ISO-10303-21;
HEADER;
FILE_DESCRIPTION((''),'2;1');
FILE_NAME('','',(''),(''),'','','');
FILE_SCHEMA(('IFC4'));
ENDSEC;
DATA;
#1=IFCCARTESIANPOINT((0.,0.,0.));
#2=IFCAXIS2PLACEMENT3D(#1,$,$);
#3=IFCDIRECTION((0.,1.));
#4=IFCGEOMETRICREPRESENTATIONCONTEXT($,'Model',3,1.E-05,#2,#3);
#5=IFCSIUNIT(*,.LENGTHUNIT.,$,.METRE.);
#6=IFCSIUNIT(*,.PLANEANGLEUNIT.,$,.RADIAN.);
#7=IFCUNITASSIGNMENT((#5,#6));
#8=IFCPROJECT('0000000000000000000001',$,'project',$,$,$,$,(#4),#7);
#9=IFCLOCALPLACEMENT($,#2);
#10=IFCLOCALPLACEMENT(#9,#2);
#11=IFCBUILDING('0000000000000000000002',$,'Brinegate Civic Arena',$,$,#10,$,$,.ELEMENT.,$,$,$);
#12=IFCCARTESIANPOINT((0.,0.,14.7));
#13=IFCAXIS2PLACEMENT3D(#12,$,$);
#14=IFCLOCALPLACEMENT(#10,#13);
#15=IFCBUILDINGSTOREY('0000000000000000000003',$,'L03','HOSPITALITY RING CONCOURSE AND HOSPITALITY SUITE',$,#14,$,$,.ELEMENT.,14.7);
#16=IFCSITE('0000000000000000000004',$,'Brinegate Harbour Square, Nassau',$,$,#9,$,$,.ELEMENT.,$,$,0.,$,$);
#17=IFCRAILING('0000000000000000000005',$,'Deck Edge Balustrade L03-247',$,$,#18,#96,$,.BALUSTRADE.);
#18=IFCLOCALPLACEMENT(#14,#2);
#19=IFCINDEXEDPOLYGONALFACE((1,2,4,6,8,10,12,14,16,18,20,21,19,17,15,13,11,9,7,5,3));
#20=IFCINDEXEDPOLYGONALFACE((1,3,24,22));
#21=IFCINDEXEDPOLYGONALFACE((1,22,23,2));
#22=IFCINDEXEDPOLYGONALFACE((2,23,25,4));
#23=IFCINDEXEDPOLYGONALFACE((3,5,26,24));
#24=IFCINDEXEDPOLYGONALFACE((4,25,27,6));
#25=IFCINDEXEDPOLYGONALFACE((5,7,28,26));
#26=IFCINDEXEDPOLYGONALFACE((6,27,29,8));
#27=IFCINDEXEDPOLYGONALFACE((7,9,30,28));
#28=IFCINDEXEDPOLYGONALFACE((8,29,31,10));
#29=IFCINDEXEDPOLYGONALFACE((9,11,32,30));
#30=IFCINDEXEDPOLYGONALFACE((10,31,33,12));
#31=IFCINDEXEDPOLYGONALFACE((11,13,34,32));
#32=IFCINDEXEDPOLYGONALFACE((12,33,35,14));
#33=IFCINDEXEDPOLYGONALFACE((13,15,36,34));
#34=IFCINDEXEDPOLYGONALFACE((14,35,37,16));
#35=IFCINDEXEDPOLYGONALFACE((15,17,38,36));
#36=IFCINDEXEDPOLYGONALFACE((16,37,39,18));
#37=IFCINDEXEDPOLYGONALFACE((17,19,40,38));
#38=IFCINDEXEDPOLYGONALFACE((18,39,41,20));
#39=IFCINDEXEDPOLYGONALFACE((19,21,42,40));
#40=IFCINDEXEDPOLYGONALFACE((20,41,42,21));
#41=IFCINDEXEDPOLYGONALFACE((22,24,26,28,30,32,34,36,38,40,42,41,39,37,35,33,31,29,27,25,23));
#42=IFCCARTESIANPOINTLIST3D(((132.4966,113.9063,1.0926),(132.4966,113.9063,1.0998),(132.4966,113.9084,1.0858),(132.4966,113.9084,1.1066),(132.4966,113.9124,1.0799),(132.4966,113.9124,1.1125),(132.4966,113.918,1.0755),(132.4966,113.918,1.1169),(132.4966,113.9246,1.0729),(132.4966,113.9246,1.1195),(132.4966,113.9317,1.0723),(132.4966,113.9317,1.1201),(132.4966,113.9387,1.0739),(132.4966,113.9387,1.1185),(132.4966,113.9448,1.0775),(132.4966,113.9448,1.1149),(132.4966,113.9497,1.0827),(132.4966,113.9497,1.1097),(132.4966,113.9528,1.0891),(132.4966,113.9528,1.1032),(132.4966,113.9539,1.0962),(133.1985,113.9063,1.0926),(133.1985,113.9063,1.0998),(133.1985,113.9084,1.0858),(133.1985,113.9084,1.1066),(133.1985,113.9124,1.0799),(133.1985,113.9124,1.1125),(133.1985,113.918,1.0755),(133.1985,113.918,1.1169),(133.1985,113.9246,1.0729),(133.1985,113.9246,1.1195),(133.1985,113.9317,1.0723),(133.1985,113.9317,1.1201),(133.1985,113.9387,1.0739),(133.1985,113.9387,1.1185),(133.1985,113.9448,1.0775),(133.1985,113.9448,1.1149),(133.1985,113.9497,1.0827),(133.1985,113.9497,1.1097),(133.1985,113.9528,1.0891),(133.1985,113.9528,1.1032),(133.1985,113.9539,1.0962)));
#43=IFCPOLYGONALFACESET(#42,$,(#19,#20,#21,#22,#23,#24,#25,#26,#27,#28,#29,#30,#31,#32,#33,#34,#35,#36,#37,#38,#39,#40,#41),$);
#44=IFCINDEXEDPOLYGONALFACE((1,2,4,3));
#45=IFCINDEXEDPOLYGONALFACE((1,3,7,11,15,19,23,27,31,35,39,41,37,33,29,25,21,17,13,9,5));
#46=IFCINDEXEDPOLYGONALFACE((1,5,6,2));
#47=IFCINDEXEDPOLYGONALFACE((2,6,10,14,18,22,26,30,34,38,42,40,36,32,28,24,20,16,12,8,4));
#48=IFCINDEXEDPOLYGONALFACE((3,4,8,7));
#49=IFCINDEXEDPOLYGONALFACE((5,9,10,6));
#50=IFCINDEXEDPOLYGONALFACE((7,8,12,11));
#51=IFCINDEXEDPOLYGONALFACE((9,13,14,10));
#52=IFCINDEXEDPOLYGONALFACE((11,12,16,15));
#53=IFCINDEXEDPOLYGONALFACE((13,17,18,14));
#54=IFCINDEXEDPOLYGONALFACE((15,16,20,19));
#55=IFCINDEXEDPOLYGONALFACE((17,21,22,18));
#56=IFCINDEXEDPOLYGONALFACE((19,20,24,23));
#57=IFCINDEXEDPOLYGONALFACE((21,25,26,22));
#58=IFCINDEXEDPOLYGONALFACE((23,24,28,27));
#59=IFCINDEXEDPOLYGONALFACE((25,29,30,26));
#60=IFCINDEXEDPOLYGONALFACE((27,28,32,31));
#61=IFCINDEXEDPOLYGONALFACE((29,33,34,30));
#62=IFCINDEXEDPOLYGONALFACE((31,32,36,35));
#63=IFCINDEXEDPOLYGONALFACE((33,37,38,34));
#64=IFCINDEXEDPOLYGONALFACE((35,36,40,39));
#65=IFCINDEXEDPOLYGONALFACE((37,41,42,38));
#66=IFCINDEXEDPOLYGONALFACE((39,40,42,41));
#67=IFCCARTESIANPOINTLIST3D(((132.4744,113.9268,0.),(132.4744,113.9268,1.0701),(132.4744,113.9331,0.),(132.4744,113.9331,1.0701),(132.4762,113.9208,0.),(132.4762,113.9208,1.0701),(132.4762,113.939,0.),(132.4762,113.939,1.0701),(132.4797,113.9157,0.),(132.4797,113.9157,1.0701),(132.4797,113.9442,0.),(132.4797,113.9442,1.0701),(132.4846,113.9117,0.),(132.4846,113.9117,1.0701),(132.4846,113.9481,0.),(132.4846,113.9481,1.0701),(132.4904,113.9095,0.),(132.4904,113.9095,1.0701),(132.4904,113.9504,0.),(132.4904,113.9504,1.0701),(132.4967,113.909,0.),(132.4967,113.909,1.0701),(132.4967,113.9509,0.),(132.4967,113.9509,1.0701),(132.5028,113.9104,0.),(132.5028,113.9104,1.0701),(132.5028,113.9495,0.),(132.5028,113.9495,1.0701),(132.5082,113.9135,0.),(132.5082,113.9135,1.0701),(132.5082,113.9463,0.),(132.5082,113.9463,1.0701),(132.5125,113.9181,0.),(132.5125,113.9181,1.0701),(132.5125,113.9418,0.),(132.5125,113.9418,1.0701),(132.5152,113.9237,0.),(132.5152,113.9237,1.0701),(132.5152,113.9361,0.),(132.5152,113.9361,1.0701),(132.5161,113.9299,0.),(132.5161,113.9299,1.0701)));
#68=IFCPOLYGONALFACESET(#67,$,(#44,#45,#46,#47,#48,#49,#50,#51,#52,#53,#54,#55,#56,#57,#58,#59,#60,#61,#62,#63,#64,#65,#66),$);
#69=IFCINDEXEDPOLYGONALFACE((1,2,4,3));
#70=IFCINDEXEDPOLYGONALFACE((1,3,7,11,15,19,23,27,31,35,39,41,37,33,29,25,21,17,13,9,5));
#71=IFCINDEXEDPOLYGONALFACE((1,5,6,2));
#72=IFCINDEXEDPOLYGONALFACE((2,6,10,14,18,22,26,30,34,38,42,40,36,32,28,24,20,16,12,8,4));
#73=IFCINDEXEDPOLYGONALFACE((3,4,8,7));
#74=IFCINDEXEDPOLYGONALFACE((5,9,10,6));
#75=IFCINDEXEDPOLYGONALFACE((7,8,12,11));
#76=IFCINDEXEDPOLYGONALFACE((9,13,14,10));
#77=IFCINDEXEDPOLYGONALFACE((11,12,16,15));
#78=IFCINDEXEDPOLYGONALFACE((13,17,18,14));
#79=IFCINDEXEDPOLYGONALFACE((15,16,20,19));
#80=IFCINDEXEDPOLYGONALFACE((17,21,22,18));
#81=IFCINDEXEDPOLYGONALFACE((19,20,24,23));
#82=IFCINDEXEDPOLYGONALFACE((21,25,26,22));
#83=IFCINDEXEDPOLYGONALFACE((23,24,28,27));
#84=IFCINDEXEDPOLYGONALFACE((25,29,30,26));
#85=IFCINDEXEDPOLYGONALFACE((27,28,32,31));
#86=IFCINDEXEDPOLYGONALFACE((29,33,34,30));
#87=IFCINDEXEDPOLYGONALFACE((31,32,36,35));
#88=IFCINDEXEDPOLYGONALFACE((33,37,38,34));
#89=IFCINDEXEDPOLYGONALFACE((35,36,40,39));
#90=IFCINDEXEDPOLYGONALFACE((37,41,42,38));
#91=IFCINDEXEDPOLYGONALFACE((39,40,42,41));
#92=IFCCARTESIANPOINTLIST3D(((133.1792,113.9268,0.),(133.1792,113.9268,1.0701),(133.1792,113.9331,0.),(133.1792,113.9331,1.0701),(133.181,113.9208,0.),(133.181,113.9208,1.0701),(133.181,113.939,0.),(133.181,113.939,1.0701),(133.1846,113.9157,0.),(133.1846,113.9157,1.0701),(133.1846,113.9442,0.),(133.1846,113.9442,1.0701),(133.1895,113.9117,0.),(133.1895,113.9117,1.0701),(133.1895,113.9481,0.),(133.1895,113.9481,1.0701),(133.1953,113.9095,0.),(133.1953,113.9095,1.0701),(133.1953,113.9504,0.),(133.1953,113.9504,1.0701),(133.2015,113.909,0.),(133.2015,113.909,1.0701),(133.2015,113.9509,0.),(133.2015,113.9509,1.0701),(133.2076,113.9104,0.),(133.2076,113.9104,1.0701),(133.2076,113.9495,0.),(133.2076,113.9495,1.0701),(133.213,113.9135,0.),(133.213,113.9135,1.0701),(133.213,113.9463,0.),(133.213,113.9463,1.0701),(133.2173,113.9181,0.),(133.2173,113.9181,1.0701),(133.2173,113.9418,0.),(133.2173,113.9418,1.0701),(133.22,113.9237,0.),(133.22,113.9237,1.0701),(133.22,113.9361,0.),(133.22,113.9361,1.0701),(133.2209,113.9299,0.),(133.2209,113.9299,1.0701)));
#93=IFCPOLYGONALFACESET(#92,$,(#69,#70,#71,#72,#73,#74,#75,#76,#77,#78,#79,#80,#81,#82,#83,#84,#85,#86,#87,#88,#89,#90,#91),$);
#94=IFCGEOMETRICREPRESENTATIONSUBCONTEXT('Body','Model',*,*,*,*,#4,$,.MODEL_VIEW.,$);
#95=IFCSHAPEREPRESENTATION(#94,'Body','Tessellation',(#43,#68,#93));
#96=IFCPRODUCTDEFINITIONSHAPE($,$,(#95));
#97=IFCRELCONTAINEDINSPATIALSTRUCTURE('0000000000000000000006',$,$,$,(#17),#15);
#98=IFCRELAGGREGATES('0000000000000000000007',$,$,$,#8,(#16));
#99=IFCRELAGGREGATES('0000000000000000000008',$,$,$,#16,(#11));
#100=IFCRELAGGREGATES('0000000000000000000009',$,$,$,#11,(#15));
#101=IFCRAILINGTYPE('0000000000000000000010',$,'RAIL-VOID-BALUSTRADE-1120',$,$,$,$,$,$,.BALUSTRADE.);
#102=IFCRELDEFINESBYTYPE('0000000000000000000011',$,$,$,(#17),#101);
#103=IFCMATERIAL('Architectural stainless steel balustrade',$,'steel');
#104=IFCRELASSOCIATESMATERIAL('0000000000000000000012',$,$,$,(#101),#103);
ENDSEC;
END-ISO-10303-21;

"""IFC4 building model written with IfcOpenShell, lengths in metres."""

from ifc_helpers import new_model, si_unit, direction, frame, origin, origin_2d, place, context, subcontext, project, spatial, circle, extrude, material, type_object, element, save


model = new_model("IFC4")

# Units and contexts
model_context = context("Model", 3, precision=1e-05, world=origin(), true_north=direction((0.0, 1.0)))
body_context = subcontext(model_context, "Body", "Model", "MODEL_VIEW")
ifc_project = project(units=[si_unit("LENGTHUNIT", "METRE"), si_unit("PLANEANGLEUNIT", "RADIAN")], contexts=[model_context])

# Site, building, storey
site_placement = place(None, origin())
site = spatial("IfcSite", under=ifc_project, at=site_placement, Name="Brinegate Harbour Square, Nassau", CompositionType="ELEMENT", RefElevation=0.0)
building_placement = place(site_placement, origin())
building = spatial("IfcBuilding", under=site, at=building_placement, Name="Brinegate Civic Arena", CompositionType="ELEMENT")
storey_placement = place(building_placement, frame((0.0, 0.0, 14.7)))
storey = spatial("IfcBuildingStorey", under=building, at=storey_placement, Name="L03", Description="HOSPITALITY RING CONCOURSE AND HOSPITALITY SUITE", CompositionType="ELEMENT", Elevation=14.7)

# Railing
ifc_material_1 = material(Name="Architectural stainless steel balustrade", Category="steel")
railing_type_1 = type_object("IfcRailingType", Name="RAIL-VOID-BALUSTRADE-1120", PredefinedType="BALUSTRADE", material=ifc_material_1)
railing_1_placement = place(storey_placement, frame((132.4951, 113.9299, 0.0)))
element("IfcRailing", 1, at=railing_1_placement, inside=storey, type_object=railing_type_1, Name="Deck Edge Balustrade L03-247", PredefinedType="BALUSTRADE", context=body_context, shape_type="SweptSolid", body=[
    extrude(circle(Radius=0.0239, at=origin_2d()), frame((0.0015, 0.0, 1.0962), z_axis=(1.0, 0.0, 0.0), x_axis=(0.0, 1.0, 0.0)), (0.0, 0.0, 1.0), 0.7019),
    extrude(circle(Radius=0.021, at=origin_2d()), origin(), (0.0, 0.0, 1.0), 1.0701),
    extrude(circle(Radius=0.021, at=origin_2d()), frame((0.7048, 0.0, 0.0)), (0.0, 0.0, 1.0), 1.0701),
])

save(model, "model.ifc")
